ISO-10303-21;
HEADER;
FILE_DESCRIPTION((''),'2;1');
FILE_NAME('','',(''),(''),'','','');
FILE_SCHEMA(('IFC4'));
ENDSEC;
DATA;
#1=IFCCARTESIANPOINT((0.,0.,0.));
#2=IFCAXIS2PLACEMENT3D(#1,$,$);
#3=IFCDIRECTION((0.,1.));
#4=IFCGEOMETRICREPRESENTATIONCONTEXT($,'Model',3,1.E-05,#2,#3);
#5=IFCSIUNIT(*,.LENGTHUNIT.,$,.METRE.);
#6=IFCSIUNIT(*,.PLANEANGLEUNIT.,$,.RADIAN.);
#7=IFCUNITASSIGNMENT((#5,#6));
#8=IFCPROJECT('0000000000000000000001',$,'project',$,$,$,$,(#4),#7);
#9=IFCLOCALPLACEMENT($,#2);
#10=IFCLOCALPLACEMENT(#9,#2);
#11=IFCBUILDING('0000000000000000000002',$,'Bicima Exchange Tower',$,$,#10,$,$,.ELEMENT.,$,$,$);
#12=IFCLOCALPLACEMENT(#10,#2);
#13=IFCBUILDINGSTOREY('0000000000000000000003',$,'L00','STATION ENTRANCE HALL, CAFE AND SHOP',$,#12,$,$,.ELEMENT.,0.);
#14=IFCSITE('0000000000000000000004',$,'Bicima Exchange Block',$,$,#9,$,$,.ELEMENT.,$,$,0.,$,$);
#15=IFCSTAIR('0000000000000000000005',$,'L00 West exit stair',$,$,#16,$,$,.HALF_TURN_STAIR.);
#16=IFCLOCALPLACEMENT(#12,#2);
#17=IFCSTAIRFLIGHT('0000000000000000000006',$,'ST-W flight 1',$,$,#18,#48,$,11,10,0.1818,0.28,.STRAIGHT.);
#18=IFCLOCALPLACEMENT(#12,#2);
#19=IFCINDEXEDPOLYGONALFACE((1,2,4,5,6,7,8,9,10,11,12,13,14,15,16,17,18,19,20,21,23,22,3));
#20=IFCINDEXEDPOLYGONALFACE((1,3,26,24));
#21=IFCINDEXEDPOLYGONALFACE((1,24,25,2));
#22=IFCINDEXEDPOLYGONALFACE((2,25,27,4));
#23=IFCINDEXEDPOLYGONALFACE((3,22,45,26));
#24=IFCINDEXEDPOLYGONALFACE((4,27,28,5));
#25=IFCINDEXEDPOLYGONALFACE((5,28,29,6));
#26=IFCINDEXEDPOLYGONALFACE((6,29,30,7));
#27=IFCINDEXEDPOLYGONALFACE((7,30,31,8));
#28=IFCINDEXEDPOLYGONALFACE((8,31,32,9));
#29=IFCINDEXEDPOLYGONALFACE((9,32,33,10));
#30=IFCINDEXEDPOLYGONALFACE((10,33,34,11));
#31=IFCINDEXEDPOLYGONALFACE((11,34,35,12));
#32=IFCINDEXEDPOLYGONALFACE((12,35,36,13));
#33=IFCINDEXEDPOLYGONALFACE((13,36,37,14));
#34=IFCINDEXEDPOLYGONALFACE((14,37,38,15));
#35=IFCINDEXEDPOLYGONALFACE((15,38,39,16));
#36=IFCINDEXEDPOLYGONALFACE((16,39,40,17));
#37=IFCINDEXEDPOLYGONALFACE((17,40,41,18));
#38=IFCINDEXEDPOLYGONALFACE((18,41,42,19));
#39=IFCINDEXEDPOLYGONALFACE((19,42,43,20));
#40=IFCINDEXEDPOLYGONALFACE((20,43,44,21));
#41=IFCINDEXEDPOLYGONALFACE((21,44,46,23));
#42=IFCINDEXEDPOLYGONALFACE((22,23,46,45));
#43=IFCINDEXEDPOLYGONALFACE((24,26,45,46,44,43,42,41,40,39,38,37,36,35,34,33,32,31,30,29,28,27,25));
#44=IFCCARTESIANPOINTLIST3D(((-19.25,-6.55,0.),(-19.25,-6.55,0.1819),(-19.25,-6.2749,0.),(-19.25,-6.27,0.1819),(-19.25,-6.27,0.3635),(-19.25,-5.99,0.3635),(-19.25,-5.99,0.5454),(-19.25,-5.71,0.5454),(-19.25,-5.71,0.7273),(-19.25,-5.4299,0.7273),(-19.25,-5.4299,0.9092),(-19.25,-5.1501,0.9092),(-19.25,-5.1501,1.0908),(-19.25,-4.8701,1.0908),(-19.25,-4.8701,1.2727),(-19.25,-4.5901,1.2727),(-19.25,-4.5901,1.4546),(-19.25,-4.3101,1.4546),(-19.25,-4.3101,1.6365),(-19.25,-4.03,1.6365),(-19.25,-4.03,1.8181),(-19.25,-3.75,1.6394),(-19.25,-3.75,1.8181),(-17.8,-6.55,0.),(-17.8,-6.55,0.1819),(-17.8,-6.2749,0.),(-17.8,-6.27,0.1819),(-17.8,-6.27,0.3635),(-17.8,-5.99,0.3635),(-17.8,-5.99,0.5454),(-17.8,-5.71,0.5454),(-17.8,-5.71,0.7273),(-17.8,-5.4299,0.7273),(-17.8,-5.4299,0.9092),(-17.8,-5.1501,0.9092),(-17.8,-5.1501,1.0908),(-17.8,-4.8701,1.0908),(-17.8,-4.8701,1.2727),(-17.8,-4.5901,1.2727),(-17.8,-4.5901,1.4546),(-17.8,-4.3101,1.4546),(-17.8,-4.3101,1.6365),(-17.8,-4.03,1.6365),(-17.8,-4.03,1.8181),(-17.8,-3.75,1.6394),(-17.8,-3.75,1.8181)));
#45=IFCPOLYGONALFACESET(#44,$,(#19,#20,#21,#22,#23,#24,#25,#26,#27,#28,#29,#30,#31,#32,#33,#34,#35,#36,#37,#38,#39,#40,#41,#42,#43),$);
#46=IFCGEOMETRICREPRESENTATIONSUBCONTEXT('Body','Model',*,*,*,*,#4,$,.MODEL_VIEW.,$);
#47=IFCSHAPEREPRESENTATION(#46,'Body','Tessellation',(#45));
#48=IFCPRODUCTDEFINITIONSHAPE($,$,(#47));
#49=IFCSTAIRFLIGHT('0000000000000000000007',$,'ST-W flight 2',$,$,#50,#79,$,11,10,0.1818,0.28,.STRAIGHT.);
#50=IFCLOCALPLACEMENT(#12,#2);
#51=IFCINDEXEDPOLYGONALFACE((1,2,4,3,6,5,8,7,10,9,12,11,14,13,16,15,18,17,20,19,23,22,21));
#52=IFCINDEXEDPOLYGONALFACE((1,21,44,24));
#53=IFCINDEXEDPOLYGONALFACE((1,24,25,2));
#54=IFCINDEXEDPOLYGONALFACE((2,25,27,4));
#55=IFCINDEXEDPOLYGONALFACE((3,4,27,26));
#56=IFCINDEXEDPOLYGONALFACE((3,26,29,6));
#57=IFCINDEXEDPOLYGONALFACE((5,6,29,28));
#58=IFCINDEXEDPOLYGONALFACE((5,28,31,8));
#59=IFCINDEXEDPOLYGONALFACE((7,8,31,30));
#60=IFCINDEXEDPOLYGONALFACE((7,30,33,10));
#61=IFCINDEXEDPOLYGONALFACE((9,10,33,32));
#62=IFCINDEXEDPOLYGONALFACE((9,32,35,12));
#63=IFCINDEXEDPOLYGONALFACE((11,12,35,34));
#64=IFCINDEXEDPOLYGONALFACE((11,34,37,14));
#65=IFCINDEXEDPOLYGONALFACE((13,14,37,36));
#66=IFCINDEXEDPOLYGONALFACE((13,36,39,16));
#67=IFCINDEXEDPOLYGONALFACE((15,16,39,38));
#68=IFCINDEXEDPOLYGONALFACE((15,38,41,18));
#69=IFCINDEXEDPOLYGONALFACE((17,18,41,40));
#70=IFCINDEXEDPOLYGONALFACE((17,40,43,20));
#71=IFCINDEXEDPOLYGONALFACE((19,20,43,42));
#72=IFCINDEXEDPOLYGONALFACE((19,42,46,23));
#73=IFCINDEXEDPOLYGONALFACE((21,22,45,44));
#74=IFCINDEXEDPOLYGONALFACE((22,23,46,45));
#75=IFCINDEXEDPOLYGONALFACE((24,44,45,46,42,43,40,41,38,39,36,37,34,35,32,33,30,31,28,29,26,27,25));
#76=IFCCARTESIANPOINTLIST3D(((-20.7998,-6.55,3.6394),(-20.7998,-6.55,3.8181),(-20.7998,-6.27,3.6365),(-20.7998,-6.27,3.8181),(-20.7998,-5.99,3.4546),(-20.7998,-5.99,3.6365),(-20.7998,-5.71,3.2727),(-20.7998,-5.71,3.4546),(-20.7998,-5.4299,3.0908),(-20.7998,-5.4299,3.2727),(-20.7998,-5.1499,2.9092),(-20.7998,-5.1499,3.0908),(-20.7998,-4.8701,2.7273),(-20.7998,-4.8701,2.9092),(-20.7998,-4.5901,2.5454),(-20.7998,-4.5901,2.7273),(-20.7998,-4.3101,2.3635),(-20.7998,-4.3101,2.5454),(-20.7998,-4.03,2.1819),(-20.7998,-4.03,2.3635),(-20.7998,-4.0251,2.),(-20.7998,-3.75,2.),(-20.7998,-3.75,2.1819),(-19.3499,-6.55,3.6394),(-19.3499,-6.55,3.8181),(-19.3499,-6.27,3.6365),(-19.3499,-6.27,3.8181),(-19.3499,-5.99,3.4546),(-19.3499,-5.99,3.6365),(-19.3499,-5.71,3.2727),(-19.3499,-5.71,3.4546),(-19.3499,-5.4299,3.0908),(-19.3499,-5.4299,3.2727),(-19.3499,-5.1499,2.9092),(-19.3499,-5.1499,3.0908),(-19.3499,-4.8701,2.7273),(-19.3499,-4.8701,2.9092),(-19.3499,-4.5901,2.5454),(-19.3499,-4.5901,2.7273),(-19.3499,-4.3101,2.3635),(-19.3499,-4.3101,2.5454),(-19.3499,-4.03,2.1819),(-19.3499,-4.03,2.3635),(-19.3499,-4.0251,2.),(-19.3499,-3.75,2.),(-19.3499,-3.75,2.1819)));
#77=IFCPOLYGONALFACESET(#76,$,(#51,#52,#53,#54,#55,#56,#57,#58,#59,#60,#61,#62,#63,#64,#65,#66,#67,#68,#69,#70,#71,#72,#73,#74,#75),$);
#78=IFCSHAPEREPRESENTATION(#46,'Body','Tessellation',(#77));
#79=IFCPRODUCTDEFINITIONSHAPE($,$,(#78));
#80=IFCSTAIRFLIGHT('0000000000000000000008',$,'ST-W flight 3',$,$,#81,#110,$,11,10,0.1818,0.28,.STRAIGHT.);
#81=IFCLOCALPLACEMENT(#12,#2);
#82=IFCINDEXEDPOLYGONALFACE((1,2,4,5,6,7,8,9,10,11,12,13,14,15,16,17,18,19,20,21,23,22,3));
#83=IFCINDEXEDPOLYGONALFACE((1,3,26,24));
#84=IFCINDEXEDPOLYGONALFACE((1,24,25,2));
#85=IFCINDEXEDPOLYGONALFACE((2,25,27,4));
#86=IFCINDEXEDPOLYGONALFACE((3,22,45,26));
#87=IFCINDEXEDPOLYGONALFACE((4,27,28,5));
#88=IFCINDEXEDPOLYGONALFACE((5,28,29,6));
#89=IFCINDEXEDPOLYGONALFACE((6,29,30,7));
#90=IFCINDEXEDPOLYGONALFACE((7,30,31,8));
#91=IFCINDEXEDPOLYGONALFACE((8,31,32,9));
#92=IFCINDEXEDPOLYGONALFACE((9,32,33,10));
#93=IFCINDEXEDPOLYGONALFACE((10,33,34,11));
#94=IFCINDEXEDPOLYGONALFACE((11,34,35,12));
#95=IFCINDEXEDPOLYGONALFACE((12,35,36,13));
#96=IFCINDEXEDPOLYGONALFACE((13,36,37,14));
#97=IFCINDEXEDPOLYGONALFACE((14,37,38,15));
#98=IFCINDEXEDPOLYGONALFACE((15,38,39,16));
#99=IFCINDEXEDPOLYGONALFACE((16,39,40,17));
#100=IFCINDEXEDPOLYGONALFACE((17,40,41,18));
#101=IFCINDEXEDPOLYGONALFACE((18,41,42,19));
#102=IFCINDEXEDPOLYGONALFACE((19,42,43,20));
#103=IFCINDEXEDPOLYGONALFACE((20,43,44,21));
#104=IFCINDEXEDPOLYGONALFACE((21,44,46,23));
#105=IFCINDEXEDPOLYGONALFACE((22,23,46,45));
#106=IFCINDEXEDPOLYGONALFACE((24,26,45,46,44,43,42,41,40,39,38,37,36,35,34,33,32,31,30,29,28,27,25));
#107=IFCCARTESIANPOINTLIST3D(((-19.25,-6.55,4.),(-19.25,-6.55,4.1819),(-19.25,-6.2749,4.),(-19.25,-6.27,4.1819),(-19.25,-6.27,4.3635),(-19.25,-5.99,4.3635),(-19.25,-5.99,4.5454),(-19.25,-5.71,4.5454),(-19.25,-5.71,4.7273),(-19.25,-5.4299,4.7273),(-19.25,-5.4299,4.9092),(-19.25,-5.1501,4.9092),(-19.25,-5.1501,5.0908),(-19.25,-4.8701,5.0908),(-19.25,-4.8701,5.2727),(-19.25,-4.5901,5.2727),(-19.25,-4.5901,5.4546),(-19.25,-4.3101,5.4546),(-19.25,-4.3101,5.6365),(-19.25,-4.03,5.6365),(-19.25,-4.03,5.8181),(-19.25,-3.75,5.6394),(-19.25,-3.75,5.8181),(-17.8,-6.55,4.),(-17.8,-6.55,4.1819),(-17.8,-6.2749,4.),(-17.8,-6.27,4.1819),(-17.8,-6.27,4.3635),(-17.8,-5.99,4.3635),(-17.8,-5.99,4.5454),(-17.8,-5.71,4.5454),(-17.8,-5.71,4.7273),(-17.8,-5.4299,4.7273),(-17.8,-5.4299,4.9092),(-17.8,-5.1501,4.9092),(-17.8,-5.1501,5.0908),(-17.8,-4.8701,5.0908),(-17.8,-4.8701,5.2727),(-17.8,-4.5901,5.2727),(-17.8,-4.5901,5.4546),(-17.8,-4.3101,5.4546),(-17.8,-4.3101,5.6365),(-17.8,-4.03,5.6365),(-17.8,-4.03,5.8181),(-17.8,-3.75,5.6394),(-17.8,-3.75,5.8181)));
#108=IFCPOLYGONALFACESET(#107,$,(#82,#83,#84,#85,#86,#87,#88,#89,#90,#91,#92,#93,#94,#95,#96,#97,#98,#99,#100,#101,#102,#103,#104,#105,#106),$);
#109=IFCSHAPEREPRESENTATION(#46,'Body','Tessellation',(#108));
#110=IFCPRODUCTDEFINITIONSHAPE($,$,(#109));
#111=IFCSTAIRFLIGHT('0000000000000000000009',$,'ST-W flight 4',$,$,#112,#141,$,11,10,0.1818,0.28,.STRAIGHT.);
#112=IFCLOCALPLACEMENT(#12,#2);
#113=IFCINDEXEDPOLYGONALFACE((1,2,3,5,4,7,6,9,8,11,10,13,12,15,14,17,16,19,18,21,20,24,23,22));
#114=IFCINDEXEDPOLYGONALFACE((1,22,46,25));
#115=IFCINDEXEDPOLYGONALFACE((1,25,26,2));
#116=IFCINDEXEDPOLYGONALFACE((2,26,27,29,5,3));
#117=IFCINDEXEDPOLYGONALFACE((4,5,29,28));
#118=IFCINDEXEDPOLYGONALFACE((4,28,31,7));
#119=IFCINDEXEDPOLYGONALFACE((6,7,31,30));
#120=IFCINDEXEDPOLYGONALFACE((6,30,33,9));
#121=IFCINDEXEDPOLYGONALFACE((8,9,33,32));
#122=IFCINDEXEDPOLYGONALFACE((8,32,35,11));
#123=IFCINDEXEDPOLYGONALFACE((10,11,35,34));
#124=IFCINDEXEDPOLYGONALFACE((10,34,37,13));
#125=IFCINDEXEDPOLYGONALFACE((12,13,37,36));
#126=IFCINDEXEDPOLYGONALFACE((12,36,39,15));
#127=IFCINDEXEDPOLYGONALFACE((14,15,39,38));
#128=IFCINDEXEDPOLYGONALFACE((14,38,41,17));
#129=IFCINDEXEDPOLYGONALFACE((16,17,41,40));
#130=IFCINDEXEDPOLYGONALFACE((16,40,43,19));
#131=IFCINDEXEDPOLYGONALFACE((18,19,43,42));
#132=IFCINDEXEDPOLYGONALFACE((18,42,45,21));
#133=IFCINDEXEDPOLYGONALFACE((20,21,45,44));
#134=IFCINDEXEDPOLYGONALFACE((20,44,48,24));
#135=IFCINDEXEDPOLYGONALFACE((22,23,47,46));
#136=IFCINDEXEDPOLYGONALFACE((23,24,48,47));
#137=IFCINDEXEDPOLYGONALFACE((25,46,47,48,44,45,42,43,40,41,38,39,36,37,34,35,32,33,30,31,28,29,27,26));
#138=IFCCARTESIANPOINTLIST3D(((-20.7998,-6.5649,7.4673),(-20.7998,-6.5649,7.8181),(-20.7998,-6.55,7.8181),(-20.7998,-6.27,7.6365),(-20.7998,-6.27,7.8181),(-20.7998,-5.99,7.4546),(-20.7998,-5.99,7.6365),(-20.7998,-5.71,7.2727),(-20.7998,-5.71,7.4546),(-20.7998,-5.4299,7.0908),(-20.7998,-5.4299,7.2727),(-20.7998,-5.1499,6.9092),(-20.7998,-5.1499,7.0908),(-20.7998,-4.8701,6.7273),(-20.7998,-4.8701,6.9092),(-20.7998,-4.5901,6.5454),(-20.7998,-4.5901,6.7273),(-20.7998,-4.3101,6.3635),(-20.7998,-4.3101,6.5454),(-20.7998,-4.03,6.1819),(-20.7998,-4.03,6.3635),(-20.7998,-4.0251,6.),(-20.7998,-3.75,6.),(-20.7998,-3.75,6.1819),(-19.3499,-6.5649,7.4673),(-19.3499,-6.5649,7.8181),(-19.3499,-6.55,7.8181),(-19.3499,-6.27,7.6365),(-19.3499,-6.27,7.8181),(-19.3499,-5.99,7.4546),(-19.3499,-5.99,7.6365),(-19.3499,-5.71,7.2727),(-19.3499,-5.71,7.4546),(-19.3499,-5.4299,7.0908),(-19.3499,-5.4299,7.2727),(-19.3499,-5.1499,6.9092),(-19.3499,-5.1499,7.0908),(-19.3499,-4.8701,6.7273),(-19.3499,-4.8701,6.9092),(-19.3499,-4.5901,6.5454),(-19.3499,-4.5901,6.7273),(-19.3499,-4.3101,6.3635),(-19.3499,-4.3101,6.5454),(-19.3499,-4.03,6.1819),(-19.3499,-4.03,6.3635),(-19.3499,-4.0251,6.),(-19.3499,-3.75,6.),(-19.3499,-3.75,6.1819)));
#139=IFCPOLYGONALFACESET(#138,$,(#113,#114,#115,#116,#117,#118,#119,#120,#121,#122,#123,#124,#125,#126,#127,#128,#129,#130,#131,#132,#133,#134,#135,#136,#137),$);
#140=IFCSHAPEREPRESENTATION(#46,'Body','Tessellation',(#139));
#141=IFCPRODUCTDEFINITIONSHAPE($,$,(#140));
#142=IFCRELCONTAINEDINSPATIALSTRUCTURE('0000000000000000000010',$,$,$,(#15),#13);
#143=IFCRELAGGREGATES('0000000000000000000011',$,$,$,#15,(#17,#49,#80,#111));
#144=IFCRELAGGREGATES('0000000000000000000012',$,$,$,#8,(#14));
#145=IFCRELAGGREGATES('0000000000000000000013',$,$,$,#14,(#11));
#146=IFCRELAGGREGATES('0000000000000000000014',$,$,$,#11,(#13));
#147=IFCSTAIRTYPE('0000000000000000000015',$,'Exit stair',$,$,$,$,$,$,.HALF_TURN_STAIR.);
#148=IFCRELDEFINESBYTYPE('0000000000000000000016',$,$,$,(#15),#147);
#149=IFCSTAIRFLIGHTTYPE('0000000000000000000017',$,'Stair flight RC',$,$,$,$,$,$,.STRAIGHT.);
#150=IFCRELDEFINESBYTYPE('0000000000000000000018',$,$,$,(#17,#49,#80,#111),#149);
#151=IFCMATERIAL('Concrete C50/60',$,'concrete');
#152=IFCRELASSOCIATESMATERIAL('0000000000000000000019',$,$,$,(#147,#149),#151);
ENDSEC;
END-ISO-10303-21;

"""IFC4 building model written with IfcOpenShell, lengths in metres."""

from ifc_helpers import new_model, si_unit, direction, frame, origin, place, context, subcontext, project, spatial, polyline, outline, extrude, material, type_object, element, aggregate, save


model = new_model("IFC4")

# Units and contexts
model_context = context("Model", 3, precision=1e-05, world=origin(), true_north=direction((0.0, 1.0)))
body_context = subcontext(model_context, "Body", "Model", "MODEL_VIEW")
ifc_project = project(units=[si_unit("LENGTHUNIT", "METRE"), si_unit("PLANEANGLEUNIT", "RADIAN")], contexts=[model_context])

# Site, building, storey
site_placement = place(None, origin())
site = spatial("IfcSite", under=ifc_project, at=site_placement, Name="Bicima Exchange Block", CompositionType="ELEMENT", RefElevation=0.0)
building_placement = place(site_placement, origin())
building = spatial("IfcBuilding", under=site, at=building_placement, Name="Bicima Exchange Tower", CompositionType="ELEMENT")
storey_placement = place(building_placement, origin())
storey = spatial("IfcBuildingStorey", under=building, at=storey_placement, Name="L00", Description="STATION ENTRANCE HALL, CAFE AND SHOP", CompositionType="ELEMENT", Elevation=0.0)

# Stair, stair flights
ifc_material_1 = material(Name="Concrete C50/60", Category="concrete")
stair_type = type_object("IfcStairType", Name="Exit stair", PredefinedType="HALF_TURN_STAIR", material=ifc_material_1)
stair_placement = place(storey_placement, origin())
stair = element("IfcStair", 1, at=stair_placement, inside=storey, type_object=stair_type, Name="L00 West exit stair", PredefinedType="HALF_TURN_STAIR")
stair_flight_type = type_object("IfcStairFlightType", Name="Stair flight RC", PredefinedType="STRAIGHT", material=ifc_material_1)
stair_flight_1_placement = place(storey_placement, frame((-18.5249, -6.55, 0.0), z_axis=(0.0, 0.0, 1.0), x_axis=(0.0, 1.0, 0.0)))
stair_flight_1 = element("IfcStairFlight", 2, at=stair_flight_1_placement, type_object=stair_flight_type, Name="ST-W flight 1", NumberOfRisers=11, NumberOfTreads=10, PredefinedType="STRAIGHT", RiserHeight=0.1818, TreadLength=0.28, context=body_context, shape_type="SweptSolid", body=[
    extrude(outline(polyline([(0.0, 0.0), (0.0, 0.1819), (0.28, 0.1819), (0.28, 0.3635), (0.5601, 0.3635), (0.5601, 0.5454), (0.8401, 0.5454), (0.8401, 0.7273), (1.1201, 0.7273), (1.1201, 0.9092), (1.3999, 0.9092), (1.3999, 1.0908), (1.6799, 1.0908), (1.6799, 1.2727), (1.96, 1.2727), (1.96, 1.4546), (2.24, 1.4546), (2.24, 1.6365), (2.52, 1.6365), (2.52, 1.8181), (2.8, 1.8181), (2.8, 2.0), (2.8, 1.6394), (0.2751, 0.0), (0.0, 0.0)])), frame((0.0, 0.7251, 0.0), z_axis=(0.0, -1.0, 0.0), x_axis=(1.0, 0.0, 0.0)), (0.0, 0.0, 1.0), 1.45),
])
stair_flight_2_placement = place(storey_placement, frame((-20.075, -3.75, 2.0), z_axis=(0.0, 0.0, 1.0), x_axis=(0.0, -1.0, 0.0)))
stair_flight_2 = element("IfcStairFlight", 3, at=stair_flight_2_placement, type_object=stair_flight_type, Name="ST-W flight 2", NumberOfRisers=11, NumberOfTreads=10, PredefinedType="STRAIGHT", RiserHeight=0.1818, TreadLength=0.28, context=body_context, shape_type="SweptSolid", body=[
    extrude(outline(polyline([(0.0, 0.0), (0.0, 0.1819), (0.28, 0.1819), (0.28, 0.3635), (0.5601, 0.3635), (0.5601, 0.5454), (0.8401, 0.5454), (0.8401, 0.7273), (1.1201, 0.7273), (1.1201, 0.9092), (1.3999, 0.9092), (1.3999, 1.0908), (1.6799, 1.0908), (1.6799, 1.2727), (1.96, 1.2727), (1.96, 1.4546), (2.24, 1.4546), (2.24, 1.6365), (2.52, 1.6365), (2.52, 1.8181), (2.8, 1.8181), (2.8, 2.0), (2.8, 1.6394), (0.2751, 0.0), (0.0, 0.0)])), frame((0.0, 0.7251, 0.0), z_axis=(0.0, -1.0, 0.0), x_axis=(1.0, 0.0, 0.0)), (0.0, 0.0, 1.0), 1.45),
])
stair_flight_3_placement = place(storey_placement, frame((-18.5249, -6.55, 4.0), z_axis=(0.0, 0.0, 1.0), x_axis=(0.0, 1.0, 0.0)))
stair_flight_3 = element("IfcStairFlight", 4, at=stair_flight_3_placement, type_object=stair_flight_type, Name="ST-W flight 3", NumberOfRisers=11, NumberOfTreads=10, PredefinedType="STRAIGHT", RiserHeight=0.1818, TreadLength=0.28, context=body_context, shape_type="SweptSolid", body=[
    extrude(outline(polyline([(0.0, 0.0), (0.0, 0.1819), (0.28, 0.1819), (0.28, 0.3635), (0.5601, 0.3635), (0.5601, 0.5454), (0.8401, 0.5454), (0.8401, 0.7273), (1.1201, 0.7273), (1.1201, 0.9092), (1.3999, 0.9092), (1.3999, 1.0908), (1.6799, 1.0908), (1.6799, 1.2727), (1.96, 1.2727), (1.96, 1.4546), (2.24, 1.4546), (2.24, 1.6365), (2.52, 1.6365), (2.52, 1.8181), (2.8, 1.8181), (2.8, 2.0), (2.8, 1.6394), (0.2751, 0.0), (0.0, 0.0)])), frame((0.0, 0.7251, 0.0), z_axis=(0.0, -1.0, 0.0), x_axis=(1.0, 0.0, 0.0)), (0.0, 0.0, 1.0), 1.45),
])
stair_flight_4_placement = place(storey_placement, frame((-20.075, -3.75, 6.0), z_axis=(0.0, 0.0, 1.0), x_axis=(0.0, -1.0, 0.0)))
stair_flight_4 = element("IfcStairFlight", 5, at=stair_flight_4_placement, type_object=stair_flight_type, Name="ST-W flight 4", NumberOfRisers=11, NumberOfTreads=10, PredefinedType="STRAIGHT", RiserHeight=0.1818, TreadLength=0.28, context=body_context, shape_type="SweptSolid", body=[
    extrude(outline(polyline([(0.0, 0.0), (0.0, 0.1819), (0.28, 0.1819), (0.28, 0.3635), (0.5601, 0.3635), (0.5601, 0.5454), (0.8401, 0.5454), (0.8401, 0.7273), (1.1201, 0.7273), (1.1201, 0.9092), (1.3999, 0.9092), (1.3999, 1.0908), (1.6799, 1.0908), (1.6799, 1.2727), (1.96, 1.2727), (1.96, 1.4546), (2.24, 1.4546), (2.24, 1.6365), (2.52, 1.6365), (2.52, 1.8181), (2.8, 1.8181), (2.8149, 1.8181), (2.8149, 1.4673), (0.2751, 0.0), (0.0, 0.0)])), frame((0.0, 0.7251, 0.0), z_axis=(0.0, -1.0, 0.0), x_axis=(1.0, 0.0, 0.0)), (0.0, 0.0, 1.0), 1.45),
])
aggregate(stair, [stair_flight_1, stair_flight_2, stair_flight_3, stair_flight_4])

save(model, "model.ifc")
